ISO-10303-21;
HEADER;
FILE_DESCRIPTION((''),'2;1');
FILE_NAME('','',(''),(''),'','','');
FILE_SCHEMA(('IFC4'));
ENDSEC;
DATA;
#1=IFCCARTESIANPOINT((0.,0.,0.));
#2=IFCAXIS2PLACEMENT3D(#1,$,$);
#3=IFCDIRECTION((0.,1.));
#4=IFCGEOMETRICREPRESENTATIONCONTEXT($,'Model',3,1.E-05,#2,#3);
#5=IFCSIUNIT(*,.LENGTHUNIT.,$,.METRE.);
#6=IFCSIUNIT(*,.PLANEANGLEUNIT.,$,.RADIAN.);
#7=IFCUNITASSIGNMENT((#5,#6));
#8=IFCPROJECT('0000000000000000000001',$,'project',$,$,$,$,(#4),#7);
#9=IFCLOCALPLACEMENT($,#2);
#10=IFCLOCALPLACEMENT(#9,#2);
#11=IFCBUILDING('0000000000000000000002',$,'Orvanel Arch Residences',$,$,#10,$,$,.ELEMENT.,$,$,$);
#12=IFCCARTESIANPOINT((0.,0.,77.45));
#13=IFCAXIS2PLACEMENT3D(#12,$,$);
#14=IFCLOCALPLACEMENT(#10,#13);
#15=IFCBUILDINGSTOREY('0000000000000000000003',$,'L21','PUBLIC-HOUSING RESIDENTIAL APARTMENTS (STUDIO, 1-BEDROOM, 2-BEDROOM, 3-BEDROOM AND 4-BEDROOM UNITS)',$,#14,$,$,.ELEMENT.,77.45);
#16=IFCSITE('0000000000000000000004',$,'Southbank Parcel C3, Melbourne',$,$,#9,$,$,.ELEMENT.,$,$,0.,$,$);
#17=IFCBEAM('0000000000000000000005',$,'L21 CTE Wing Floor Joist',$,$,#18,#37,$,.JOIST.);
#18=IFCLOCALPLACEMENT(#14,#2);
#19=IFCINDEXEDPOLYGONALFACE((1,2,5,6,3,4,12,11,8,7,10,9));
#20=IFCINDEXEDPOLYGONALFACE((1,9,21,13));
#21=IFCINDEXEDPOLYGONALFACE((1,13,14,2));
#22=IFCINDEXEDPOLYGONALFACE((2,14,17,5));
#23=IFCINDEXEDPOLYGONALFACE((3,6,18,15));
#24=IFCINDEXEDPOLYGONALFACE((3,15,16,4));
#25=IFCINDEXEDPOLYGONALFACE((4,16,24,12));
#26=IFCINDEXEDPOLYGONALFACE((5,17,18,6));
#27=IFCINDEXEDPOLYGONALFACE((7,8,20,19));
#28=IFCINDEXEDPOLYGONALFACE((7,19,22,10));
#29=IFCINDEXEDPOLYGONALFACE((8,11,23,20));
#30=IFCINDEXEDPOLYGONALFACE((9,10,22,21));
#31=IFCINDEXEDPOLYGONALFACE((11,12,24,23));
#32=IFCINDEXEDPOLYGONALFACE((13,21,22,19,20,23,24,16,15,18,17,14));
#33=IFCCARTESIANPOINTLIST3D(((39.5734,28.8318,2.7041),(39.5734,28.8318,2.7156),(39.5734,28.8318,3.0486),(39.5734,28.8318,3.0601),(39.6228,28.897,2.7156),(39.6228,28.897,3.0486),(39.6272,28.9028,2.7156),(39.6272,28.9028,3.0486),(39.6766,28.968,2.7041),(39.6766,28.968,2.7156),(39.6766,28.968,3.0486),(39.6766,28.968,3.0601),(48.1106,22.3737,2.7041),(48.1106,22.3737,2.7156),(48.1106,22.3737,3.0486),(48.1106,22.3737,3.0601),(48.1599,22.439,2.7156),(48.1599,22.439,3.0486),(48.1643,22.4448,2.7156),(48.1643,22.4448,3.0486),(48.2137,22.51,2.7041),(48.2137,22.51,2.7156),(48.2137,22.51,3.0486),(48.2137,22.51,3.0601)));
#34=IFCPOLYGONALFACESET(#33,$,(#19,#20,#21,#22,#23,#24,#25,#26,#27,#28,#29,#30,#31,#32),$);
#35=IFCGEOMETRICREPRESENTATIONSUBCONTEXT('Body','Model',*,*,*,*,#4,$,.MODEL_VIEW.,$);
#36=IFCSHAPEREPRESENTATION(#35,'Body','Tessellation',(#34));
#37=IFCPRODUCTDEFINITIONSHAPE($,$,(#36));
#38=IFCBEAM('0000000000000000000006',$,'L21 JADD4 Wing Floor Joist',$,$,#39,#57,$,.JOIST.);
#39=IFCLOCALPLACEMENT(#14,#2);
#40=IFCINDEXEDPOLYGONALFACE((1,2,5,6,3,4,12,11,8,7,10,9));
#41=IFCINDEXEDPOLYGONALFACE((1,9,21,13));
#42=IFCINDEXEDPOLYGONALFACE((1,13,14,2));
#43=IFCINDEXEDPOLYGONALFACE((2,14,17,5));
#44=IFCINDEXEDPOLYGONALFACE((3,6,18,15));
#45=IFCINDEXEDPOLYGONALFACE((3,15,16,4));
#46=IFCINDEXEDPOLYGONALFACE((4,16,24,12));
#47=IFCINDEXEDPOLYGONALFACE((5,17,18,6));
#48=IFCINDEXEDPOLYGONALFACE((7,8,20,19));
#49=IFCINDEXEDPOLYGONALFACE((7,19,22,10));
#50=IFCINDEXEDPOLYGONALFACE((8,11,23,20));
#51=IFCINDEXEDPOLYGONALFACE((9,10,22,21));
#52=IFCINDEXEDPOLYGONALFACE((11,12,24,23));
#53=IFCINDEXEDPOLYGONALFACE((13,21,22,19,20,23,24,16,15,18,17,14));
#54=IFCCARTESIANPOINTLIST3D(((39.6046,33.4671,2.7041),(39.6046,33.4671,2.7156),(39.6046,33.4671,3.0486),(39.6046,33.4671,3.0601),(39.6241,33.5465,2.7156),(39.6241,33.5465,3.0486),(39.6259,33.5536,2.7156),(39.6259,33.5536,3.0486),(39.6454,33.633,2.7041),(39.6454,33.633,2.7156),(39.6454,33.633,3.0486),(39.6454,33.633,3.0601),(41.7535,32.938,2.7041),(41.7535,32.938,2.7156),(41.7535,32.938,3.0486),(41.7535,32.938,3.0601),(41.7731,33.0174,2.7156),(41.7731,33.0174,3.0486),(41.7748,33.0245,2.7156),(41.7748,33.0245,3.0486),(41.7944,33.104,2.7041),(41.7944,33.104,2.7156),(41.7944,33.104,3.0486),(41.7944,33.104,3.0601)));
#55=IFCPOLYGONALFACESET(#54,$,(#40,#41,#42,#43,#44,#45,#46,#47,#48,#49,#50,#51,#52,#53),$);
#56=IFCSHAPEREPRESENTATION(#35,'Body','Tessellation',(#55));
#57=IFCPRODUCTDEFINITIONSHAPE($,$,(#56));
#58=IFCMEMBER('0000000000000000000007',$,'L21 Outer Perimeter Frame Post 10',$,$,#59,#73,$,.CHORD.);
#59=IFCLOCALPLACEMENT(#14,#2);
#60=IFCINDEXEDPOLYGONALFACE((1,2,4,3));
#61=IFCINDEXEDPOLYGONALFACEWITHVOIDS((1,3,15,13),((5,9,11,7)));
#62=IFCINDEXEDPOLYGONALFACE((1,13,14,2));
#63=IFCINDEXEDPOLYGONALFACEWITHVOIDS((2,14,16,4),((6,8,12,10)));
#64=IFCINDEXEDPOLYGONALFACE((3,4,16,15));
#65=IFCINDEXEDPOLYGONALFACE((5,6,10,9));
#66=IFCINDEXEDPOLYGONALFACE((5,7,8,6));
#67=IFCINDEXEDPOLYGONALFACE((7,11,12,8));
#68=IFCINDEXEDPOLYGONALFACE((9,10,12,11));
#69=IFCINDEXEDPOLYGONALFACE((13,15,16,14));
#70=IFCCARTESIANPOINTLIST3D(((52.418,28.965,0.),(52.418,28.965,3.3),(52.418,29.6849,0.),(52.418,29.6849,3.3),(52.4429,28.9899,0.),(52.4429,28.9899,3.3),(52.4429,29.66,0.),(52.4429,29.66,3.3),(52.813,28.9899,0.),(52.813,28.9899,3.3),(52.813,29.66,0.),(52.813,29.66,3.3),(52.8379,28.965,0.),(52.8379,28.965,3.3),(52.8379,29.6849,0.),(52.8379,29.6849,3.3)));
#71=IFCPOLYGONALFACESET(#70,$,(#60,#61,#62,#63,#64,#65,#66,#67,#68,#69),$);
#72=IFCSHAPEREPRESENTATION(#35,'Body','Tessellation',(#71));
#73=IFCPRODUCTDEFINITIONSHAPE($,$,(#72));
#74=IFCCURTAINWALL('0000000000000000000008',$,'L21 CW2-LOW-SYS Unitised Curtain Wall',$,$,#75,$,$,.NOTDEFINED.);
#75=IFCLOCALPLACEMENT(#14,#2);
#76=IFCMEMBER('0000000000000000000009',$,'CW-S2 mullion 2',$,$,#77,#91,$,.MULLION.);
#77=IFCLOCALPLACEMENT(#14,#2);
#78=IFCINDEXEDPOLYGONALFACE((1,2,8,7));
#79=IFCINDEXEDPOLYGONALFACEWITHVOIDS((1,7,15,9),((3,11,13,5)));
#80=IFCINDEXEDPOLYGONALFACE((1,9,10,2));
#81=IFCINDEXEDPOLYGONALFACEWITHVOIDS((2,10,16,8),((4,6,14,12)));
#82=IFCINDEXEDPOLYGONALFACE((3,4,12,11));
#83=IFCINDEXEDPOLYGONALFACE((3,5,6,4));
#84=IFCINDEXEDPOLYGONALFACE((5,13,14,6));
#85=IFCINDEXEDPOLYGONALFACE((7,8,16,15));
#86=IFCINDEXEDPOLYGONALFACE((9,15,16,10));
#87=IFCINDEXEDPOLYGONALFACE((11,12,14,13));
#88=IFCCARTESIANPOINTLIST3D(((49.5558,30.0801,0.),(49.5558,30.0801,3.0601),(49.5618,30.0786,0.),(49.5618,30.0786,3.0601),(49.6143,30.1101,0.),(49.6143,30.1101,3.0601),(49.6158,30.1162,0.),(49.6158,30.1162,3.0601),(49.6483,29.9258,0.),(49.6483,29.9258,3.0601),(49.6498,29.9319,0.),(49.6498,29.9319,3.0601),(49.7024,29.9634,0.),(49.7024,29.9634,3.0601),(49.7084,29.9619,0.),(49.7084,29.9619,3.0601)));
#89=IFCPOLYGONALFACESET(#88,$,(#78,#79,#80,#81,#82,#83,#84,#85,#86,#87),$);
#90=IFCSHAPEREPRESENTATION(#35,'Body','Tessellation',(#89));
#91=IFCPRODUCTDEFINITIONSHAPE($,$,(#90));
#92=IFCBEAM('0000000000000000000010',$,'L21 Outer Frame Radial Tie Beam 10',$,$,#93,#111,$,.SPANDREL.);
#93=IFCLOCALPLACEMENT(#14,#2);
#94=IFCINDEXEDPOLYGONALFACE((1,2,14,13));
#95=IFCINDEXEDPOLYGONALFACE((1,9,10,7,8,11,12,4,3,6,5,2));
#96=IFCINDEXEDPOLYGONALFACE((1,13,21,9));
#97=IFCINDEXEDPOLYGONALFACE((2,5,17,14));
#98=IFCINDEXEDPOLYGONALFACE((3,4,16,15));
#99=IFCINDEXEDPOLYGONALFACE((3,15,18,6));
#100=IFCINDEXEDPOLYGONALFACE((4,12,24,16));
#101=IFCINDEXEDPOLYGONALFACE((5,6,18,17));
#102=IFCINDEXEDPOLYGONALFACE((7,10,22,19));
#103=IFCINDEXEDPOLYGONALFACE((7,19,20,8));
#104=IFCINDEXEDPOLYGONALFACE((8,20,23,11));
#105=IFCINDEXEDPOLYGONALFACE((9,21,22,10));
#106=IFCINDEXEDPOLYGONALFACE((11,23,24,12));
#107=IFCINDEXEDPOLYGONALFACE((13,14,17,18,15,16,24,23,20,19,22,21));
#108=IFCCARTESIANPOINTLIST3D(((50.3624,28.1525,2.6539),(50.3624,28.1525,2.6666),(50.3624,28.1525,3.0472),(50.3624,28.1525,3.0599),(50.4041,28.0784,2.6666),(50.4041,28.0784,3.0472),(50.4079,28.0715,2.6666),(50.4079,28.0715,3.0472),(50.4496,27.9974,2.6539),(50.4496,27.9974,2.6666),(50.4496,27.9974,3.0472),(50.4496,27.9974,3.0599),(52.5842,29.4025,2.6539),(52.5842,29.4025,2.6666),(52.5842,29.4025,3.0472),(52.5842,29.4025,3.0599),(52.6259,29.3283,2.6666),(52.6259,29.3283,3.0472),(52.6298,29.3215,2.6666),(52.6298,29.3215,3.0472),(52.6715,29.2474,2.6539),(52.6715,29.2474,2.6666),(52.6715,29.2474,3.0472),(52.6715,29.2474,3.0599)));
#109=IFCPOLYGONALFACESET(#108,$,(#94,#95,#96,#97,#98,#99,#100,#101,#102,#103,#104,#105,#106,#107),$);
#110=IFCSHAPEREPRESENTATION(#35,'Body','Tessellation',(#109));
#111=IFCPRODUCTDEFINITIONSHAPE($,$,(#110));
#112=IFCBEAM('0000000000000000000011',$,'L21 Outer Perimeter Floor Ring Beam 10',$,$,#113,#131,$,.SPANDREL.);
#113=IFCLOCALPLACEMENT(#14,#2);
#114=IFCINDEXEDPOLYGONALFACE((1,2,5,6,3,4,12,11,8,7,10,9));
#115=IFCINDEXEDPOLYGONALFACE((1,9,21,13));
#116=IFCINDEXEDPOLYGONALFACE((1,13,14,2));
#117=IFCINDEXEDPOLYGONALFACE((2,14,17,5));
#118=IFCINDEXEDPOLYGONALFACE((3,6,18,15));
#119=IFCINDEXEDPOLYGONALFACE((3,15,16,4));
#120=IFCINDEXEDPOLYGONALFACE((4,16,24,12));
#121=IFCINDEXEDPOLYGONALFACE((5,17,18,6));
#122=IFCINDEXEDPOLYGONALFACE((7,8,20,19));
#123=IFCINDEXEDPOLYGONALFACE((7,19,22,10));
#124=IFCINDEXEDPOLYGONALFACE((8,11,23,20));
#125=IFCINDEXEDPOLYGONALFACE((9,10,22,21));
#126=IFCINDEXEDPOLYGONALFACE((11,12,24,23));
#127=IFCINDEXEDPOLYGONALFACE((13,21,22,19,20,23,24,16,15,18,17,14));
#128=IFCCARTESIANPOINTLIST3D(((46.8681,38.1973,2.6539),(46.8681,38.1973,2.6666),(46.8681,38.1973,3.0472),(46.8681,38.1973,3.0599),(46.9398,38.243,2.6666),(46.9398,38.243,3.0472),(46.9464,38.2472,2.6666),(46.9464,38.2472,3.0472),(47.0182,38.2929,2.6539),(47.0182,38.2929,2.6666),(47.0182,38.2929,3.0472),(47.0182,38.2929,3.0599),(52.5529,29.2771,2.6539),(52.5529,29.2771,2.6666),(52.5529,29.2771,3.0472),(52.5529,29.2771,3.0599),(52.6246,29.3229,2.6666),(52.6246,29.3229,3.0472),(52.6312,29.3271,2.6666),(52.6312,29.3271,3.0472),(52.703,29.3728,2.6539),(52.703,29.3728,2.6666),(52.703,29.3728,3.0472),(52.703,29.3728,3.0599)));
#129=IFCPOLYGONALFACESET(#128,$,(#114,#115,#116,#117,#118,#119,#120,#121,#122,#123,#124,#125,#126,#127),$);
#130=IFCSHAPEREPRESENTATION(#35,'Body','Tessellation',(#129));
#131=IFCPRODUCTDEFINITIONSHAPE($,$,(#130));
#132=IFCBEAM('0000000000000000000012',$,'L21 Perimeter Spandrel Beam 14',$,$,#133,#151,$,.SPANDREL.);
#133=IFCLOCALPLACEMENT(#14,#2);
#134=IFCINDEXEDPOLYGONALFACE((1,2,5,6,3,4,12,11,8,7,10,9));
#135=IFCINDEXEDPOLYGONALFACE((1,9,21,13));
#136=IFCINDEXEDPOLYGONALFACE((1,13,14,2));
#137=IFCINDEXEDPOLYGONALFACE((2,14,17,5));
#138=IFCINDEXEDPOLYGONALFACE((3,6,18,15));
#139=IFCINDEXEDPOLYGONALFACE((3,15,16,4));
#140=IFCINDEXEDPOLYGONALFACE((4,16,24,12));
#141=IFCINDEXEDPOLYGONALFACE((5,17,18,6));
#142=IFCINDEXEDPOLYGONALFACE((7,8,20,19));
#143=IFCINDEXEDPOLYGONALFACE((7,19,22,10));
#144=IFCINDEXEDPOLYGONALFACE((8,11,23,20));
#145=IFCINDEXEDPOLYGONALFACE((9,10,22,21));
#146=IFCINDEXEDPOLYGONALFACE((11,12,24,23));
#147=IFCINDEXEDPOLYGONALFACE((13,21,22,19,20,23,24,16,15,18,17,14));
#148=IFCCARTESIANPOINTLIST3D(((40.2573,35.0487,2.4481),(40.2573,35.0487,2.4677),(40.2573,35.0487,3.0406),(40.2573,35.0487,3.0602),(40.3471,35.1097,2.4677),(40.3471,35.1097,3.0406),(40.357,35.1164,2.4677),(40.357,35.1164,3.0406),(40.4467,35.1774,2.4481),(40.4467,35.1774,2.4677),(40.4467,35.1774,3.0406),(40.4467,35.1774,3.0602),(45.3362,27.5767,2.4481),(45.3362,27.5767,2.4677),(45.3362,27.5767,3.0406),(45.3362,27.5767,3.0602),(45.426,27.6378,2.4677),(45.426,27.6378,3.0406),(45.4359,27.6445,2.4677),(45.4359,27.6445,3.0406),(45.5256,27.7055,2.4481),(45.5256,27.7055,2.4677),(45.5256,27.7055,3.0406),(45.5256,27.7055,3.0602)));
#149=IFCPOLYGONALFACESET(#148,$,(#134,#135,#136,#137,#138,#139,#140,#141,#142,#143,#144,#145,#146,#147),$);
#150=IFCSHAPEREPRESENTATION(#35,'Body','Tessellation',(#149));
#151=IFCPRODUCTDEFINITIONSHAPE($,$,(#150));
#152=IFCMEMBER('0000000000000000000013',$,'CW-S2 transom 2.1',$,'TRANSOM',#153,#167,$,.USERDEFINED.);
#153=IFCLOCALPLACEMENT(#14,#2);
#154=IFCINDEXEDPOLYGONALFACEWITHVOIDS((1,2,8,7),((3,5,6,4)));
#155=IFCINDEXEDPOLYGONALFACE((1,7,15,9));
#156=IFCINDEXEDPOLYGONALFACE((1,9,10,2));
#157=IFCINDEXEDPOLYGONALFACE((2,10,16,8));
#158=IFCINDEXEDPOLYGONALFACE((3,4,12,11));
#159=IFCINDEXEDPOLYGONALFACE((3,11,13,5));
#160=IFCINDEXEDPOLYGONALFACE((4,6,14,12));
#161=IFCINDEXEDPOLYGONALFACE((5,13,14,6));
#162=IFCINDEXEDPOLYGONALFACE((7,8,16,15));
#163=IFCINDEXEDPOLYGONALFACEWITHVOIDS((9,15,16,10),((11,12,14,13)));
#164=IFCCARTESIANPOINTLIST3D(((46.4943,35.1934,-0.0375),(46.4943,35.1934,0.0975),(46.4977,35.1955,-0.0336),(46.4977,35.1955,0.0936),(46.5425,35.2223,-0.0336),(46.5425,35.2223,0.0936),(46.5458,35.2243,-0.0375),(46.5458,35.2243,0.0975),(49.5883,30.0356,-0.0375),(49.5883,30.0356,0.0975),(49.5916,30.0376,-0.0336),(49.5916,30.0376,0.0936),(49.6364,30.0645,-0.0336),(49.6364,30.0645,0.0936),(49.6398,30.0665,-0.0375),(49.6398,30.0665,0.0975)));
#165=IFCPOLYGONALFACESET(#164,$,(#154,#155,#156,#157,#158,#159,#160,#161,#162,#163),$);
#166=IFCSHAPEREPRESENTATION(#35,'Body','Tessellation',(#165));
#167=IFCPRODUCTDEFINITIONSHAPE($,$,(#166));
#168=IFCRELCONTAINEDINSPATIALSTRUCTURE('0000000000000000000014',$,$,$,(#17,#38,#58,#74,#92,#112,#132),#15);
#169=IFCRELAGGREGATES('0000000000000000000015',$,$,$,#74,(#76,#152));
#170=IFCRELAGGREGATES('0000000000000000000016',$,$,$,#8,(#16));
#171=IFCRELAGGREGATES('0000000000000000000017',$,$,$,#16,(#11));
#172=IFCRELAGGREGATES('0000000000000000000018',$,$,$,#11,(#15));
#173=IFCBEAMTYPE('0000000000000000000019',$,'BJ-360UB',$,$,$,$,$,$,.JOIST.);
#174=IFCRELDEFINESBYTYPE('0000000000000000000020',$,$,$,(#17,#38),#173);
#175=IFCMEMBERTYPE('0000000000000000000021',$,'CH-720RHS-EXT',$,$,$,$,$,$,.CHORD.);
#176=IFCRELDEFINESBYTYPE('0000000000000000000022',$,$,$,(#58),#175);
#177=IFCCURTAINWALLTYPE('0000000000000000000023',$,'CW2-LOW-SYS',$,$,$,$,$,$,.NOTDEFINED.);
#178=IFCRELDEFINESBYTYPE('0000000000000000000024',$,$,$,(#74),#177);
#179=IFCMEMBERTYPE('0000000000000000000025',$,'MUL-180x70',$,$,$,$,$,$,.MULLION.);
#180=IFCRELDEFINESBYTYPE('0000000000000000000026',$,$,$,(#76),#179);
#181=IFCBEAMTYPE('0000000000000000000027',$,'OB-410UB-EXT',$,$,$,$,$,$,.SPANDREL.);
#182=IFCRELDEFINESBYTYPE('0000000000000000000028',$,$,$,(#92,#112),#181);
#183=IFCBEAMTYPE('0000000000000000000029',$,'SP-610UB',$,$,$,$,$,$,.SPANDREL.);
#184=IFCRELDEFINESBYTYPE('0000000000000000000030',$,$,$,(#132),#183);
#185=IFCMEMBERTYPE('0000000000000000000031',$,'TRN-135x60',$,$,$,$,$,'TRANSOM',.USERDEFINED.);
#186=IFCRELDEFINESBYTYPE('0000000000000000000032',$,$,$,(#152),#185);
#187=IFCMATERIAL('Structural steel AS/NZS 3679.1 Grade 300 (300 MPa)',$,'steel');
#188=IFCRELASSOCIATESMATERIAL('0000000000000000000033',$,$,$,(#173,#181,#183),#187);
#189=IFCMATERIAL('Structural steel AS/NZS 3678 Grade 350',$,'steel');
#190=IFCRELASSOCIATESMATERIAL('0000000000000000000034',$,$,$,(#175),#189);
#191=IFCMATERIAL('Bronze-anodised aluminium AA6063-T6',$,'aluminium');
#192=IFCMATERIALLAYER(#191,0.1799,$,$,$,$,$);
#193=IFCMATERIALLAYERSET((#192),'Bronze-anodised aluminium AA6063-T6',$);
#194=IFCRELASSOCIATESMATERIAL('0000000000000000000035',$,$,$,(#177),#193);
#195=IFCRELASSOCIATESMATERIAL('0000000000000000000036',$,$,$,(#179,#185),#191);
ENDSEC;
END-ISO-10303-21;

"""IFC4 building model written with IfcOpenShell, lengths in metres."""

from ifc_helpers import new_model, si_unit, direction, frame, origin, origin_2d, place, context, subcontext, project, spatial, hollow_rectangle, i_section, extrude, material, layer, layer_set, material_profile, profile_set, type_object, element, aggregate, save


model = new_model("IFC4")

# Units and contexts
model_context = context("Model", 3, precision=1e-05, world=origin(), true_north=direction((0.0, 1.0)))
body_context = subcontext(model_context, "Body", "Model", "MODEL_VIEW")
ifc_project = project(units=[si_unit("LENGTHUNIT", "METRE"), si_unit("PLANEANGLEUNIT", "RADIAN")], contexts=[model_context])

# Site, building, storey
site_placement = place(None, origin())
site = spatial("IfcSite", under=ifc_project, at=site_placement, Name="Southbank Parcel C3, Melbourne", CompositionType="ELEMENT", RefElevation=0.0)
building_placement = place(site_placement, origin())
building = spatial("IfcBuilding", under=site, at=building_placement, Name="Orvanel Arch Residences", CompositionType="ELEMENT")
storey_placement = place(building_placement, frame((0.0, 0.0, 77.45)))
storey = spatial("IfcBuildingStorey", under=building, at=storey_placement, Name="L21", Description="PUBLIC-HOUSING RESIDENTIAL APARTMENTS (STUDIO, 1-BEDROOM, 2-BEDROOM, 3-BEDROOM AND 4-BEDROOM UNITS)", CompositionType="ELEMENT", Elevation=77.45)

# Beams
ifc_material_1 = material(Name="Structural steel AS/NZS 3679.1 Grade 300 (300 MPa)", Category="steel")
ifc_material_profile_1 = material_profile(ifc_material_1, i_section(OverallWidth=0.1709, OverallDepth=0.356, WebThickness=0.0073, FlangeThickness=0.0115, at=origin_2d()), Name="360UB50.7")
ifc_profile_set_1 = profile_set([ifc_material_profile_1], Name="Structural steel AS/NZS 3679.1 Grade 300 (300 MPa)")
beam_type_1 = type_object("IfcBeamType", Name="BJ-360UB", PredefinedType="JOIST", material=ifc_profile_set_1)
beam_1_placement = place(storey_placement, frame((39.625, 28.8999, 2.8821), z_axis=(0.797519, -0.603294, 0.0), x_axis=(0.603294, 0.797519, 0.0)))
element("IfcBeam", 1, at=beam_1_placement, inside=storey, type_object=beam_type_1, Name="L21 CTE Wing Floor Joist", PredefinedType="JOIST", context=body_context, shape_type="SweptSolid", body=[
    extrude(i_section(OverallWidth=0.1709, OverallDepth=0.356, WebThickness=0.0073, FlangeThickness=0.0115, at=origin_2d()), origin(), (0.0, 0.0, 1.0), 10.7046),
])
beam_2_placement = place(storey_placement, frame((39.625, 33.55, 2.8821), z_axis=(0.971006, -0.239056, 0.0), x_axis=(0.239056, 0.971006, 0.0)))
element("IfcBeam", 2, at=beam_2_placement, inside=storey, type_object=beam_type_1, Name="L21 JADD4 Wing Floor Joist", PredefinedType="JOIST", context=body_context, shape_type="SweptSolid", body=[
    extrude(i_section(OverallWidth=0.1709, OverallDepth=0.356, WebThickness=0.0073, FlangeThickness=0.0115, at=origin_2d()), origin(), (0.0, 0.0, 1.0), 2.2131),
])

# Member
ifc_material_2 = material(Name="Structural steel AS/NZS 3678 Grade 350", Category="steel")
ifc_material_profile_2 = material_profile(ifc_material_2, hollow_rectangle(XDim=0.4199, YDim=0.72, WallThickness=0.0249, at=origin_2d()), Name="RHS720x420x25")
ifc_profile_set_2 = profile_set([ifc_material_profile_2], Name="Structural steel AS/NZS 3678 Grade 350")
member_type_1 = type_object("IfcMemberType", Name="CH-720RHS-EXT", PredefinedType="CHORD", material=ifc_profile_set_2)
member_1_placement = place(storey_placement, frame((52.6279, 29.325, 0.0), z_axis=(0.0, 0.0, 1.0), x_axis=(1.0, 0.0, 0.0)))
element("IfcMember", 3, at=member_1_placement, inside=storey, type_object=member_type_1, Name="L21 Outer Perimeter Frame Post 10", PredefinedType="CHORD", context=body_context, shape_type="SweptSolid", body=[
    extrude(hollow_rectangle(XDim=0.4199, YDim=0.72, WallThickness=0.0249, at=origin_2d()), origin(), (0.0, 0.0, 1.0), 3.3),
])

# Curtain wall, member
ifc_material_3 = material(Name="Bronze-anodised aluminium AA6063-T6", Category="aluminium")
ifc_layer_1 = layer(ifc_material_3, 0.1799)
ifc_layer_set_1 = layer_set([ifc_layer_1], Name="Bronze-anodised aluminium AA6063-T6")
curtain_wall_type = type_object("IfcCurtainWallType", Name="CW2-LOW-SYS", PredefinedType="NOTDEFINED", material=ifc_layer_set_1)
curtain_wall_placement = place(storey_placement, origin())
curtain_wall = element("IfcCurtainWall", 4, at=curtain_wall_placement, inside=storey, type_object=curtain_wall_type, Name="L21 CW2-LOW-SYS Unitised Curtain Wall", PredefinedType="NOTDEFINED")
ifc_material_profile_3 = material_profile(ifc_material_3, hollow_rectangle(XDim=0.0701, YDim=0.1799, WallThickness=0.0044, at=origin_2d()), Name="ALU180x70x4.5")
ifc_profile_set_3 = profile_set([ifc_material_profile_3], Name="Bronze-anodised aluminium AA6063-T6")
member_type_2 = type_object("IfcMemberType", Name="MUL-180x70", PredefinedType="MULLION", material=ifc_profile_set_3)
member_2_placement = place(storey_placement, frame((49.6321, 30.021, 0.0), z_axis=(0.0, 0.0, 1.0), x_axis=(-0.857551, -0.5144, 0.0)))
member_2 = element("IfcMember", 5, at=member_2_placement, type_object=member_type_2, Name="CW-S2 mullion 2", PredefinedType="MULLION", context=body_context, shape_type="SweptSolid", body=[
    extrude(hollow_rectangle(XDim=0.0701, YDim=0.1799, WallThickness=0.0044, at=origin_2d()), origin(), (0.0, 0.0, 1.0), 3.0601),
])

# Beams
ifc_material_profile_4 = material_profile(ifc_material_1, i_section(OverallWidth=0.178, OverallDepth=0.406, WebThickness=0.0078, FlangeThickness=0.0127, at=origin_2d()), Name="410UB59.7")
ifc_profile_set_4 = profile_set([ifc_material_profile_4], Name="Structural steel AS/NZS 3679.1 Grade 300 (300 MPa)")
beam_type_2 = type_object("IfcBeamType", Name="OB-410UB-EXT", PredefinedType="SPANDREL", material=ifc_profile_set_4)
beam_3_placement = place(storey_placement, frame((50.406, 28.075, 2.8569), z_axis=(0.871547, 0.490311, 0.0), x_axis=(-0.490311, 0.871547, 0.0)))
element("IfcBeam", 6, at=beam_3_placement, inside=storey, type_object=beam_type_2, Name="L21 Outer Frame Radial Tie Beam 10", PredefinedType="SPANDREL", context=body_context, shape_type="SweptSolid", body=[
    extrude(i_section(OverallWidth=0.178, OverallDepth=0.406, WebThickness=0.0078, FlangeThickness=0.0127, at=origin_2d()), origin(), (0.0, 0.0, 1.0), 2.5493),
])
beam_4_placement = place(storey_placement, frame((52.6279, 29.325, 2.8569), z_axis=(-0.537437, 0.843304, 0.0), x_axis=(-0.843304, -0.537437, 0.0)))
element("IfcBeam", 7, at=beam_4_placement, inside=storey, type_object=beam_type_2, Name="L21 Outer Perimeter Floor Ring Beam 10", PredefinedType="SPANDREL", context=body_context, shape_type="SweptSolid", body=[
    extrude(i_section(OverallWidth=0.178, OverallDepth=0.406, WebThickness=0.0078, FlangeThickness=0.0127, at=origin_2d()), origin(), (0.0, 0.0, 1.0), 10.5776),
])
ifc_material_profile_5 = material_profile(ifc_material_1, i_section(OverallWidth=0.229, OverallDepth=0.6121, WebThickness=0.012, FlangeThickness=0.0195, at=origin_2d()), Name="610UB125")
ifc_profile_set_5 = profile_set([ifc_material_profile_5], Name="Structural steel AS/NZS 3679.1 Grade 300 (300 MPa)")
beam_type_3 = type_object("IfcBeamType", Name="SP-610UB", PredefinedType="SPANDREL", material=ifc_profile_set_5)
beam_5_placement = place(storey_placement, frame((45.4309, 27.6411, 2.7542), z_axis=(-0.562155, 0.827032, 0.0), x_axis=(-0.827032, -0.562155, 0.0)))
element("IfcBeam", 8, at=beam_5_placement, inside=storey, type_object=beam_type_3, Name="L21 Perimeter Spandrel Beam 14", PredefinedType="SPANDREL", context=body_context, shape_type="SweptSolid", body=[
    extrude(i_section(OverallWidth=0.229, OverallDepth=0.6121, WebThickness=0.012, FlangeThickness=0.0195, at=origin_2d()), origin(), (0.0, 0.0, 1.0), 9.0347),
])

# Member
ifc_material_profile_6 = material_profile(ifc_material_3, hollow_rectangle(XDim=0.0601, YDim=0.135, WallThickness=0.0039, at=origin_2d()), Name="ALU135x60x4")
ifc_profile_set_6 = profile_set([ifc_material_profile_6], Name="Bronze-anodised aluminium AA6063-T6")
member_type_3 = type_object("IfcMemberType", Name="TRN-135x60", ElementType="TRANSOM", PredefinedType="USERDEFINED", material=ifc_profile_set_6)
member_3_placement = place(storey_placement, frame((49.614, 30.051, 0.03), z_axis=(-0.5144, 0.85755, 0.0), x_axis=(-0.85755, -0.5144, 0.0)))
member_3 = element("IfcMember", 9, at=member_3_placement, type_object=member_type_3, Name="CW-S2 transom 2.1", ObjectType="TRANSOM", PredefinedType="USERDEFINED", context=body_context, shape_type="SweptSolid", body=[
    extrude(hollow_rectangle(XDim=0.0601, YDim=0.135, WallThickness=0.0039, at=origin_2d()), origin(), (0.0, 0.0, 1.0), 6.0146),
])

aggregate(curtain_wall, [member_2, member_3])

save(model, "model.ifc")
